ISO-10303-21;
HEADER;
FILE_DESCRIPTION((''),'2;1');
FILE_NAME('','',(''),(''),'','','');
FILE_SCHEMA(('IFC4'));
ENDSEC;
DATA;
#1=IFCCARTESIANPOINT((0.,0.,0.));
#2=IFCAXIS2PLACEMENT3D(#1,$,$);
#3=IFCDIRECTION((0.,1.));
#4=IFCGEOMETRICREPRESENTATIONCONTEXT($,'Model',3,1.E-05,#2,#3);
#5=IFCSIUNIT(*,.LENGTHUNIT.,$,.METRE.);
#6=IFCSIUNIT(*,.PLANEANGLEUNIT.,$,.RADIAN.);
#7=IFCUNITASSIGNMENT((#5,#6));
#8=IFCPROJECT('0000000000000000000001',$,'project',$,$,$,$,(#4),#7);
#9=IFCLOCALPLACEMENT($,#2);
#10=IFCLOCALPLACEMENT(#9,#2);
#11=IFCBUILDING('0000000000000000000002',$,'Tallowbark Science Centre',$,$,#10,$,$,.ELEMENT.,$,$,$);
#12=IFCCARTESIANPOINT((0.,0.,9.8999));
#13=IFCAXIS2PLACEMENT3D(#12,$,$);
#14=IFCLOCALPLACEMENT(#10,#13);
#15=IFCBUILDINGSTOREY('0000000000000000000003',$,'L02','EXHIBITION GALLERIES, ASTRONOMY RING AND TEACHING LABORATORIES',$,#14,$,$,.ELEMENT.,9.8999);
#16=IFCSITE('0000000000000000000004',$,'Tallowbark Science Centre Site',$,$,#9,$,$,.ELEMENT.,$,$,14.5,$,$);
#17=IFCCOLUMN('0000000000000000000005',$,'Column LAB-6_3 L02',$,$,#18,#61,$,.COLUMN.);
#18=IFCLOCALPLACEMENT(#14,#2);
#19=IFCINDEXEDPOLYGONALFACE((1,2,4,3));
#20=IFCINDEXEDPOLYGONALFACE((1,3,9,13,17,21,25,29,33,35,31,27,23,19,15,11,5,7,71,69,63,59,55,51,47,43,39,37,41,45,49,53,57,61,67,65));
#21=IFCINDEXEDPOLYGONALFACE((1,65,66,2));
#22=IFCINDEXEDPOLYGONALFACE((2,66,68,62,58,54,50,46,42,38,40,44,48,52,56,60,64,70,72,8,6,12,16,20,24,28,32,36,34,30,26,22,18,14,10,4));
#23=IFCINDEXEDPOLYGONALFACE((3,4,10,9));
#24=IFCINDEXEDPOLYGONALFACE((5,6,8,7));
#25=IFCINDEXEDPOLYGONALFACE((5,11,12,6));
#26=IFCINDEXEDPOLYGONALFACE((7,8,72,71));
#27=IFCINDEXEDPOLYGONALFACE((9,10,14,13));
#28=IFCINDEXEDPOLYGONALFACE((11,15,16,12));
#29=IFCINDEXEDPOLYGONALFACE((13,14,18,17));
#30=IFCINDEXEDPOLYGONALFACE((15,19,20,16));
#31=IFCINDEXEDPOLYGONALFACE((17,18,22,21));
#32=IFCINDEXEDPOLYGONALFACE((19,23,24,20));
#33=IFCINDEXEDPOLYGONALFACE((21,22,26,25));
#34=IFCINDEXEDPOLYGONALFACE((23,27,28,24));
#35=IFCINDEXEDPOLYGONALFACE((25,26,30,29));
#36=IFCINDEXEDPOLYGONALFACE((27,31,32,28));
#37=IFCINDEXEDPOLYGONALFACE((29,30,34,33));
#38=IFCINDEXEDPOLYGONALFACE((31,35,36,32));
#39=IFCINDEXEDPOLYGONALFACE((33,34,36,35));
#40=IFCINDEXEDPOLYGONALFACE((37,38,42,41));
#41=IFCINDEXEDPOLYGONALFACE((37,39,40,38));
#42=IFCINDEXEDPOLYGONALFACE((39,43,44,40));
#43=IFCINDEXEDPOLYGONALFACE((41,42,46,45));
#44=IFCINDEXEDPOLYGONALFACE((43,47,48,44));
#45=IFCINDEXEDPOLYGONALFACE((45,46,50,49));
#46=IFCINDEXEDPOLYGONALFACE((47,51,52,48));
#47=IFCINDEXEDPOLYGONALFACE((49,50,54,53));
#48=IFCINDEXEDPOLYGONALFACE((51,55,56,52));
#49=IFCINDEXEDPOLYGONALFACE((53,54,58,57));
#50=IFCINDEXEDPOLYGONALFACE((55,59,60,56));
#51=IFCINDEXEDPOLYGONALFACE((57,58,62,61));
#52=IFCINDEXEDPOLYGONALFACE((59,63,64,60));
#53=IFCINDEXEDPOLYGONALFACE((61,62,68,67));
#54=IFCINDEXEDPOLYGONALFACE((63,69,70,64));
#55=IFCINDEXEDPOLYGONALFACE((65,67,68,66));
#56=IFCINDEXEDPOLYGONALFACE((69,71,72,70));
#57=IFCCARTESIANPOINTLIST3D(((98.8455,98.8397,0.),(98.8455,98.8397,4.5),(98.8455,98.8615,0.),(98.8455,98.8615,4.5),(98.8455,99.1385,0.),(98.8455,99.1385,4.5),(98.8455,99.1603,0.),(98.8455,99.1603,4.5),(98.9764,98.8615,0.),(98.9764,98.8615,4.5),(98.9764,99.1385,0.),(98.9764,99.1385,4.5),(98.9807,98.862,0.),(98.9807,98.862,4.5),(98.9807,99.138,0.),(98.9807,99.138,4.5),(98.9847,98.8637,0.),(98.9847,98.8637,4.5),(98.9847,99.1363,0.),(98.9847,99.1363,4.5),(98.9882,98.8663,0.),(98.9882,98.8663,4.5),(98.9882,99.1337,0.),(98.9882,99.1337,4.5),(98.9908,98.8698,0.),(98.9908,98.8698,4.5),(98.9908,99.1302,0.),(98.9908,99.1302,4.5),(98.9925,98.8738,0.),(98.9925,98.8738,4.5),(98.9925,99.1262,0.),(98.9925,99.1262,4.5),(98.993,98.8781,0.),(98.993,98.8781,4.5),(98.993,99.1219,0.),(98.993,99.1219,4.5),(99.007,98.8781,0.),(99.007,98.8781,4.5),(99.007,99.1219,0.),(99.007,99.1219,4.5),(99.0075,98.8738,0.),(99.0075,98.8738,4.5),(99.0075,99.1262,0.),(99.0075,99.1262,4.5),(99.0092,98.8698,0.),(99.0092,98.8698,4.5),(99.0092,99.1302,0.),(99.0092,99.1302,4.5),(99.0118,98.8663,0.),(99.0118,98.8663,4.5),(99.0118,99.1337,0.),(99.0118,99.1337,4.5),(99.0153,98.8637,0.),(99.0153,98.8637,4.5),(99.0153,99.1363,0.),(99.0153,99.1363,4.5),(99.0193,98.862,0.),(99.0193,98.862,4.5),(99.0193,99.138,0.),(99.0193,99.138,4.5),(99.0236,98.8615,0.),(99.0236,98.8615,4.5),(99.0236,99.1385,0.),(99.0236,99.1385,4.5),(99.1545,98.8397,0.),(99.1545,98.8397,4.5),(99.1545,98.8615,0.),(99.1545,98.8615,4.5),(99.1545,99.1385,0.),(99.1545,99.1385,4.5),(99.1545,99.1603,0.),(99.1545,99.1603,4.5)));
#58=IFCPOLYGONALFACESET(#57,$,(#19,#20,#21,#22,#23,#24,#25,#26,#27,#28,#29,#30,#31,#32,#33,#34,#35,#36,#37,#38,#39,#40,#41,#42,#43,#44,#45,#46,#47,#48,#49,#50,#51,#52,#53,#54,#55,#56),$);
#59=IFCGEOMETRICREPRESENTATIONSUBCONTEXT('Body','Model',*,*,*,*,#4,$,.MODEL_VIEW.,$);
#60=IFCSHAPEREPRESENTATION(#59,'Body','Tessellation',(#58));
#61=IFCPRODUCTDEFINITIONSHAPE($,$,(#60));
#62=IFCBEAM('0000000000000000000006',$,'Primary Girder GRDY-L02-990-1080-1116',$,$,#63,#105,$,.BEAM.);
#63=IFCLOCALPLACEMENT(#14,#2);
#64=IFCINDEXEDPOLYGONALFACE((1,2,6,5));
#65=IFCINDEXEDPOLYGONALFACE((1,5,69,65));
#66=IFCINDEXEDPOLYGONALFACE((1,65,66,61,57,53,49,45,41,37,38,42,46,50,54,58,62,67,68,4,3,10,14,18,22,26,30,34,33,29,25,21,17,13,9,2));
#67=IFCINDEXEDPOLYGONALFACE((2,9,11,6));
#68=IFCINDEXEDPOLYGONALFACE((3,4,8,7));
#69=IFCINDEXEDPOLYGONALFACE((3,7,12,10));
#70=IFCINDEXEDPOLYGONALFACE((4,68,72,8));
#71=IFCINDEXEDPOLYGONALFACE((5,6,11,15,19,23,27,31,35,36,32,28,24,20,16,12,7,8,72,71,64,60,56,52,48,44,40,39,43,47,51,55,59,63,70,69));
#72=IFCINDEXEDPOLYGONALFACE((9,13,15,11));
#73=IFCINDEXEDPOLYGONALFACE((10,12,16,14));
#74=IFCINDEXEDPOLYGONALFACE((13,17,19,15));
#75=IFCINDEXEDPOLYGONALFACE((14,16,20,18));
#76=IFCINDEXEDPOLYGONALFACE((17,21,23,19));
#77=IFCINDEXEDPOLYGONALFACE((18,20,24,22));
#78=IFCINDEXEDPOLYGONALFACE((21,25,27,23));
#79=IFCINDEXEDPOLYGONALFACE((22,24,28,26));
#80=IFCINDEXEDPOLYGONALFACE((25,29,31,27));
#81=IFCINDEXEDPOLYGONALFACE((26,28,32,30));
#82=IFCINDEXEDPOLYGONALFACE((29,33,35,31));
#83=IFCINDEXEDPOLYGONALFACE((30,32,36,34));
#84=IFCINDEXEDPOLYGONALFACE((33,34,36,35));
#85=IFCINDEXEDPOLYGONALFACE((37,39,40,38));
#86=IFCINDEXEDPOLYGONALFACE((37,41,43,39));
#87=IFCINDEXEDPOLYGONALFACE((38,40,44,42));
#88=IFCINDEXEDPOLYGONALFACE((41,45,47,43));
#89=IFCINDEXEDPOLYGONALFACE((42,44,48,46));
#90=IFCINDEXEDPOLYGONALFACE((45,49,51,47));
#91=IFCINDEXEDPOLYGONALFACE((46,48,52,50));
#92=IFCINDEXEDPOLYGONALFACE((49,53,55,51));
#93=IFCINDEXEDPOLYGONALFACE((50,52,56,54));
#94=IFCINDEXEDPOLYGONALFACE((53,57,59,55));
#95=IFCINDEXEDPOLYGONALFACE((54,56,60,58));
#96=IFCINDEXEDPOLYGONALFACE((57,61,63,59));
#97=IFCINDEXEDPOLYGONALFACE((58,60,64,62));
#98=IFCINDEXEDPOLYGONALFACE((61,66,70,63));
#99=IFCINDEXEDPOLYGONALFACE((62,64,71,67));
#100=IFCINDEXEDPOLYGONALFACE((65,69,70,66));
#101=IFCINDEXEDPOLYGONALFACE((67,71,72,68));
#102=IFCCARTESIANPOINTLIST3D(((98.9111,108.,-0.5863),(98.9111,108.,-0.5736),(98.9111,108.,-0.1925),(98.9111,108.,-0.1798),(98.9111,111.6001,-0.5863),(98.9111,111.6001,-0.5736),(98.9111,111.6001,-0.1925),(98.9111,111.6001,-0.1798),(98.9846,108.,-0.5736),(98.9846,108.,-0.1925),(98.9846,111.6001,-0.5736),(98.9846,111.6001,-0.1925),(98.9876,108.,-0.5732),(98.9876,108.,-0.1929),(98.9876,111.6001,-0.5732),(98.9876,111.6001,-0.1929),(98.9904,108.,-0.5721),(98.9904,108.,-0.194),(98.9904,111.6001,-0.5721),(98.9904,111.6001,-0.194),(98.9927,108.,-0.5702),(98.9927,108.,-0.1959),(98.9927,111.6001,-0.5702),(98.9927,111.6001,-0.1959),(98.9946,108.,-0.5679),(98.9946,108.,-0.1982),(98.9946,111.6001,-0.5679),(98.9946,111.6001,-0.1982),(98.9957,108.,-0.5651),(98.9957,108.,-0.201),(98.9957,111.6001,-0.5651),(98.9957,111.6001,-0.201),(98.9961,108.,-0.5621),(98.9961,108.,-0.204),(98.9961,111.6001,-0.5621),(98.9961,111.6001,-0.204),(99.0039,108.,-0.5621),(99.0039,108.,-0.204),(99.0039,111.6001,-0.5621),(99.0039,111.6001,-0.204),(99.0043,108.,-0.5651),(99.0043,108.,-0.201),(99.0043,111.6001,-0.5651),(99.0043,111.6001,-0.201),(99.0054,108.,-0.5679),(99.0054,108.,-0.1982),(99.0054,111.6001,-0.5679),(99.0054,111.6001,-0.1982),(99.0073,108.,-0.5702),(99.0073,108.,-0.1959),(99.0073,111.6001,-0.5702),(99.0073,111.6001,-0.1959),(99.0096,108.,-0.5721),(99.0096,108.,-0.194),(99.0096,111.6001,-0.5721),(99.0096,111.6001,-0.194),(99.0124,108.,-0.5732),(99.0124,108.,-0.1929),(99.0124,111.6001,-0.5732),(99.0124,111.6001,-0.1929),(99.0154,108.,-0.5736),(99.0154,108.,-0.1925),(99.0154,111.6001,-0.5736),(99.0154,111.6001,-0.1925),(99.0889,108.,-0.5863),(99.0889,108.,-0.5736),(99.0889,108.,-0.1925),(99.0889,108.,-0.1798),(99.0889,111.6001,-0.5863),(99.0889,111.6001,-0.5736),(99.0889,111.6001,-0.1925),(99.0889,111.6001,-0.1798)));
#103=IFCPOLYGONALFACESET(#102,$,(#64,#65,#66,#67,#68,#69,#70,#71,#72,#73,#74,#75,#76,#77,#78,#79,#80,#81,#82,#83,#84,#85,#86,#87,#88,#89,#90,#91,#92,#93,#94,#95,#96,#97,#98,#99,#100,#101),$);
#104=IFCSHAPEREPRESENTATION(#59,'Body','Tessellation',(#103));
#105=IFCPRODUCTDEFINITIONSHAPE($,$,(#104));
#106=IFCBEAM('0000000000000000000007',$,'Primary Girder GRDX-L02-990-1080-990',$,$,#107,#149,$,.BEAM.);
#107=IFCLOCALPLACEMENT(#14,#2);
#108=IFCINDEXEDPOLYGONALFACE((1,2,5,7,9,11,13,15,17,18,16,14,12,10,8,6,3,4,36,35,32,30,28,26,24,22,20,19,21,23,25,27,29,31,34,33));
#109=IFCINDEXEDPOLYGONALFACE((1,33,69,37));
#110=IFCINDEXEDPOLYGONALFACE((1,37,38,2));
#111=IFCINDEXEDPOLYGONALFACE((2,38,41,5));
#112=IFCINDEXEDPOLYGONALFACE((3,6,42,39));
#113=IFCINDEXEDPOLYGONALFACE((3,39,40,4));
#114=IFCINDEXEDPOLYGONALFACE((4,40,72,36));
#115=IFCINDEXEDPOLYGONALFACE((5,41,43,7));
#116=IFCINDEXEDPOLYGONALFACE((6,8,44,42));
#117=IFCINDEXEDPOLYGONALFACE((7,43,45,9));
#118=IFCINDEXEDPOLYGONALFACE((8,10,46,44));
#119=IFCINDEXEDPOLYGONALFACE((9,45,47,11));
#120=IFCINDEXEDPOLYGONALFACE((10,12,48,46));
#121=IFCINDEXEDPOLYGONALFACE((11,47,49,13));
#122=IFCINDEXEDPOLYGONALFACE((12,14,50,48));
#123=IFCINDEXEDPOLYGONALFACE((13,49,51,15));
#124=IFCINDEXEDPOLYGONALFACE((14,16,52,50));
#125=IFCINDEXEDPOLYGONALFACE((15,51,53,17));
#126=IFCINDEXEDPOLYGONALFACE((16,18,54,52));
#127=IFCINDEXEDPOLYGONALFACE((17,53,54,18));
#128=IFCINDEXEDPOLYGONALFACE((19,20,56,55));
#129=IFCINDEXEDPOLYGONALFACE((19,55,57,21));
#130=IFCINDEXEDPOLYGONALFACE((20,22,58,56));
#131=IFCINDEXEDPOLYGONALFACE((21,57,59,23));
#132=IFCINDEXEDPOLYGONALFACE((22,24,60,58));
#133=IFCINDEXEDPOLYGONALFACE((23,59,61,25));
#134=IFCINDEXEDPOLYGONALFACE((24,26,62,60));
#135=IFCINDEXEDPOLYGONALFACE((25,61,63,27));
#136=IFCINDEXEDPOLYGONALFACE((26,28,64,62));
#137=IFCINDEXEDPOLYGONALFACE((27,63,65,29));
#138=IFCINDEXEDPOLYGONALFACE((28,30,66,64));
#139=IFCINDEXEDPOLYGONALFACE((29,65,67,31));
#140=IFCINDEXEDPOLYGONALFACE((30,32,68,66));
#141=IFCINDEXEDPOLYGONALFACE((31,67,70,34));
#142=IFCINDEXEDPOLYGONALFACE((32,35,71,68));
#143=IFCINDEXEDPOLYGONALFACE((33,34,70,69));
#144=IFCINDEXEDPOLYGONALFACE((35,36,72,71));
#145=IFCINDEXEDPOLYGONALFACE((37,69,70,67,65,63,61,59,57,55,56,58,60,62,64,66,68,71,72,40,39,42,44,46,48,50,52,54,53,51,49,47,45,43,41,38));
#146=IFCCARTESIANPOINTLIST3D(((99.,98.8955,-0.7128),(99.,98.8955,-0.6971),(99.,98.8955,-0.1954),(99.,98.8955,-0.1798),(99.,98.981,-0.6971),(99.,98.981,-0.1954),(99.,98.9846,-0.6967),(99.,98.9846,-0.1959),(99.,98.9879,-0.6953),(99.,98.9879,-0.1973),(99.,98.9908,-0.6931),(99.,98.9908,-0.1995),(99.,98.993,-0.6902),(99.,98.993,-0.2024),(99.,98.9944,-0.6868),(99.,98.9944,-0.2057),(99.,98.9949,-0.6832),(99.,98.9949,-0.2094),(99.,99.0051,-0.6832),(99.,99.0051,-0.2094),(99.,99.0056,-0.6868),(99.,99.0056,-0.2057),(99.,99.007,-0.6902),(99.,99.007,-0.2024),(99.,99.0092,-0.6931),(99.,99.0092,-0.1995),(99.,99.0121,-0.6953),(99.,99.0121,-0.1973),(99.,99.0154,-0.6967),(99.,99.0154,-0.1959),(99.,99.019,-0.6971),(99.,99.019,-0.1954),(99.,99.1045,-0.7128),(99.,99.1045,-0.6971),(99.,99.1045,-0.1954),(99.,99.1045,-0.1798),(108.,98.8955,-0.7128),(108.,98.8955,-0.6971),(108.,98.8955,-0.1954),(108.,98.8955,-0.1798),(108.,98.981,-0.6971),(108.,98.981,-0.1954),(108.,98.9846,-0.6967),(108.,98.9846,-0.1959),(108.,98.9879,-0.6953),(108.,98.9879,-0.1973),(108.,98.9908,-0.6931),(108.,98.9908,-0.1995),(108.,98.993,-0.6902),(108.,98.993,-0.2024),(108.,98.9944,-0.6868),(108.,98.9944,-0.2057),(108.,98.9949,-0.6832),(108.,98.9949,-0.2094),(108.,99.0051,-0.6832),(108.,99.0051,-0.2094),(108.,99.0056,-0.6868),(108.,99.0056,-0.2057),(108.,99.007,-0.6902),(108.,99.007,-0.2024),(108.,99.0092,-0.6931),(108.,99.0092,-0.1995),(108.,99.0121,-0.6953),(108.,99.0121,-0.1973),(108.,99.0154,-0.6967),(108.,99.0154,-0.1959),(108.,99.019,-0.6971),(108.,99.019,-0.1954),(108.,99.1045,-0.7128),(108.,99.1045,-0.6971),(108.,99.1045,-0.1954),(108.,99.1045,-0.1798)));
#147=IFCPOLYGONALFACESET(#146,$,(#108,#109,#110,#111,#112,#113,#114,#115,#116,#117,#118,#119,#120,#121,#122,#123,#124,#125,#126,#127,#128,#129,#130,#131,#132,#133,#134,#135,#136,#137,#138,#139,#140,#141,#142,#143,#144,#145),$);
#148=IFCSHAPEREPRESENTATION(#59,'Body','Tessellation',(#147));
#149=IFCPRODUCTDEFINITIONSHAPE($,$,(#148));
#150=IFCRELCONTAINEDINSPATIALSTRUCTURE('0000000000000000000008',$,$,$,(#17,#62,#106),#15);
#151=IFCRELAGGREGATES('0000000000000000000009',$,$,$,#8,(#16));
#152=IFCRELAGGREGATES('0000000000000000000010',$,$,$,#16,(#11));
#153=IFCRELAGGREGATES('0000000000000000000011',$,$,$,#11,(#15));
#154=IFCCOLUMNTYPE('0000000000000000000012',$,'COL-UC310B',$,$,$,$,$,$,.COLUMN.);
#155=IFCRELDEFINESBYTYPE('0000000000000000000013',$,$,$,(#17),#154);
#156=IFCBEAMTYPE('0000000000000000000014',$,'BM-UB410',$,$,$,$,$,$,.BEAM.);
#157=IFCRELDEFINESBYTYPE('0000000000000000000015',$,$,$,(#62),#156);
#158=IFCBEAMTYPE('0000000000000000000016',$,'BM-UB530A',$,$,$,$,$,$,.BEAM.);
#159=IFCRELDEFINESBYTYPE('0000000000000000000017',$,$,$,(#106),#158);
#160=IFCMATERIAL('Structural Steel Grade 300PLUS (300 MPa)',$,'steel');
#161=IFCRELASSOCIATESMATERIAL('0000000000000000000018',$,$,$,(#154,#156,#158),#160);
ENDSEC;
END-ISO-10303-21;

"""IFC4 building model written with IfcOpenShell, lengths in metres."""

from ifc_helpers import new_model, si_unit, direction, frame, origin, origin_2d, place, context, subcontext, project, spatial, i_section, extrude, material, material_profile, profile_set, type_object, element, save


model = new_model("IFC4")

# Units and contexts
model_context = context("Model", 3, precision=1e-05, world=origin(), true_north=direction((0.0, 1.0)))
body_context = subcontext(model_context, "Body", "Model", "MODEL_VIEW")
ifc_project = project(units=[si_unit("LENGTHUNIT", "METRE"), si_unit("PLANEANGLEUNIT", "RADIAN")], contexts=[model_context])

# Site, building, storey
site_placement = place(None, origin())
site = spatial("IfcSite", under=ifc_project, at=site_placement, Name="Tallowbark Science Centre Site", CompositionType="ELEMENT", RefElevation=14.5)
building_placement = place(site_placement, origin())
building = spatial("IfcBuilding", under=site, at=building_placement, Name="Tallowbark Science Centre", CompositionType="ELEMENT")
storey_placement = place(building_placement, frame((0.0, 0.0, 9.8999)))
storey = spatial("IfcBuildingStorey", under=building, at=storey_placement, Name="L02", Description="EXHIBITION GALLERIES, ASTRONOMY RING AND TEACHING LABORATORIES", CompositionType="ELEMENT", Elevation=9.8999)

# Column
ifc_material_1 = material(Name="Structural Steel Grade 300PLUS (300 MPa)", Category="steel")
ifc_material_profile_1 = material_profile(ifc_material_1, i_section(OverallWidth=0.3091, OverallDepth=0.3206, WebThickness=0.0139, FlangeThickness=0.0217, FilletRadius=0.0166, at=origin_2d()), Name="310UC137")
ifc_profile_set_1 = profile_set([ifc_material_profile_1], Name="Structural Steel Grade 300PLUS (300 MPa)")
column_type = type_object("IfcColumnType", Name="COL-UC310B", PredefinedType="COLUMN", material=ifc_profile_set_1)
column_placement = place(storey_placement, frame((99.0, 99.0, 0.0), z_axis=(0.0, 0.0, 1.0), x_axis=(1.0, 0.0, 0.0)))
element("IfcColumn", 1, at=column_placement, inside=storey, type_object=column_type, Name="Column LAB-6_3 L02", PredefinedType="COLUMN", context=body_context, shape_type="SweptSolid", body=[
    extrude(i_section(OverallWidth=0.3091, OverallDepth=0.3206, WebThickness=0.0139, FlangeThickness=0.0217, FilletRadius=0.0166, at=origin_2d()), origin(), (0.0, 0.0, 1.0), 4.5),
])

# Beams
ifc_material_profile_2 = material_profile(ifc_material_1, i_section(OverallWidth=0.1777, OverallDepth=0.4065, WebThickness=0.0078, FlangeThickness=0.0127, FilletRadius=0.0115, at=origin_2d()), Name="410UB59.7")
ifc_profile_set_2 = profile_set([ifc_material_profile_2], Name="Structural Steel Grade 300PLUS (300 MPa)")
beam_type_1 = type_object("IfcBeamType", Name="BM-UB410", PredefinedType="BEAM", material=ifc_profile_set_2)
beam_1_placement = place(storey_placement, frame((99.0, 108.0, -0.3831), z_axis=(0.0, 1.0, 0.0), x_axis=(-1.0, 0.0, 0.0)))
element("IfcBeam", 2, at=beam_1_placement, inside=storey, type_object=beam_type_1, Name="Primary Girder GRDY-L02-990-1080-1116", PredefinedType="BEAM", context=body_context, shape_type="SweptSolid", body=[
    extrude(i_section(OverallWidth=0.1777, OverallDepth=0.4065, WebThickness=0.0078, FlangeThickness=0.0127, FilletRadius=0.0115, at=origin_2d()), origin(), (0.0, 0.0, 1.0), 3.6001),
])
ifc_material_profile_3 = material_profile(ifc_material_1, i_section(OverallWidth=0.209, OverallDepth=0.533, WebThickness=0.0103, FlangeThickness=0.0156, FilletRadius=0.0139, at=origin_2d()), Name="530UB92.4")
ifc_profile_set_3 = profile_set([ifc_material_profile_3], Name="Structural Steel Grade 300PLUS (300 MPa)")
beam_type_2 = type_object("IfcBeamType", Name="BM-UB530A", PredefinedType="BEAM", material=ifc_profile_set_3)
beam_2_placement = place(storey_placement, frame((99.0, 99.0, -0.4463), z_axis=(1.0, 0.0, 0.0), x_axis=(0.0, 1.0, 0.0)))
element("IfcBeam", 3, at=beam_2_placement, inside=storey, type_object=beam_type_2, Name="Primary Girder GRDX-L02-990-1080-990", PredefinedType="BEAM", context=body_context, shape_type="SweptSolid", body=[
    extrude(i_section(OverallWidth=0.209, OverallDepth=0.533, WebThickness=0.0103, FlangeThickness=0.0156, FilletRadius=0.0139, at=origin_2d()), origin(), (0.0, 0.0, 1.0), 9.0),
])

save(model, "model.ifc")
